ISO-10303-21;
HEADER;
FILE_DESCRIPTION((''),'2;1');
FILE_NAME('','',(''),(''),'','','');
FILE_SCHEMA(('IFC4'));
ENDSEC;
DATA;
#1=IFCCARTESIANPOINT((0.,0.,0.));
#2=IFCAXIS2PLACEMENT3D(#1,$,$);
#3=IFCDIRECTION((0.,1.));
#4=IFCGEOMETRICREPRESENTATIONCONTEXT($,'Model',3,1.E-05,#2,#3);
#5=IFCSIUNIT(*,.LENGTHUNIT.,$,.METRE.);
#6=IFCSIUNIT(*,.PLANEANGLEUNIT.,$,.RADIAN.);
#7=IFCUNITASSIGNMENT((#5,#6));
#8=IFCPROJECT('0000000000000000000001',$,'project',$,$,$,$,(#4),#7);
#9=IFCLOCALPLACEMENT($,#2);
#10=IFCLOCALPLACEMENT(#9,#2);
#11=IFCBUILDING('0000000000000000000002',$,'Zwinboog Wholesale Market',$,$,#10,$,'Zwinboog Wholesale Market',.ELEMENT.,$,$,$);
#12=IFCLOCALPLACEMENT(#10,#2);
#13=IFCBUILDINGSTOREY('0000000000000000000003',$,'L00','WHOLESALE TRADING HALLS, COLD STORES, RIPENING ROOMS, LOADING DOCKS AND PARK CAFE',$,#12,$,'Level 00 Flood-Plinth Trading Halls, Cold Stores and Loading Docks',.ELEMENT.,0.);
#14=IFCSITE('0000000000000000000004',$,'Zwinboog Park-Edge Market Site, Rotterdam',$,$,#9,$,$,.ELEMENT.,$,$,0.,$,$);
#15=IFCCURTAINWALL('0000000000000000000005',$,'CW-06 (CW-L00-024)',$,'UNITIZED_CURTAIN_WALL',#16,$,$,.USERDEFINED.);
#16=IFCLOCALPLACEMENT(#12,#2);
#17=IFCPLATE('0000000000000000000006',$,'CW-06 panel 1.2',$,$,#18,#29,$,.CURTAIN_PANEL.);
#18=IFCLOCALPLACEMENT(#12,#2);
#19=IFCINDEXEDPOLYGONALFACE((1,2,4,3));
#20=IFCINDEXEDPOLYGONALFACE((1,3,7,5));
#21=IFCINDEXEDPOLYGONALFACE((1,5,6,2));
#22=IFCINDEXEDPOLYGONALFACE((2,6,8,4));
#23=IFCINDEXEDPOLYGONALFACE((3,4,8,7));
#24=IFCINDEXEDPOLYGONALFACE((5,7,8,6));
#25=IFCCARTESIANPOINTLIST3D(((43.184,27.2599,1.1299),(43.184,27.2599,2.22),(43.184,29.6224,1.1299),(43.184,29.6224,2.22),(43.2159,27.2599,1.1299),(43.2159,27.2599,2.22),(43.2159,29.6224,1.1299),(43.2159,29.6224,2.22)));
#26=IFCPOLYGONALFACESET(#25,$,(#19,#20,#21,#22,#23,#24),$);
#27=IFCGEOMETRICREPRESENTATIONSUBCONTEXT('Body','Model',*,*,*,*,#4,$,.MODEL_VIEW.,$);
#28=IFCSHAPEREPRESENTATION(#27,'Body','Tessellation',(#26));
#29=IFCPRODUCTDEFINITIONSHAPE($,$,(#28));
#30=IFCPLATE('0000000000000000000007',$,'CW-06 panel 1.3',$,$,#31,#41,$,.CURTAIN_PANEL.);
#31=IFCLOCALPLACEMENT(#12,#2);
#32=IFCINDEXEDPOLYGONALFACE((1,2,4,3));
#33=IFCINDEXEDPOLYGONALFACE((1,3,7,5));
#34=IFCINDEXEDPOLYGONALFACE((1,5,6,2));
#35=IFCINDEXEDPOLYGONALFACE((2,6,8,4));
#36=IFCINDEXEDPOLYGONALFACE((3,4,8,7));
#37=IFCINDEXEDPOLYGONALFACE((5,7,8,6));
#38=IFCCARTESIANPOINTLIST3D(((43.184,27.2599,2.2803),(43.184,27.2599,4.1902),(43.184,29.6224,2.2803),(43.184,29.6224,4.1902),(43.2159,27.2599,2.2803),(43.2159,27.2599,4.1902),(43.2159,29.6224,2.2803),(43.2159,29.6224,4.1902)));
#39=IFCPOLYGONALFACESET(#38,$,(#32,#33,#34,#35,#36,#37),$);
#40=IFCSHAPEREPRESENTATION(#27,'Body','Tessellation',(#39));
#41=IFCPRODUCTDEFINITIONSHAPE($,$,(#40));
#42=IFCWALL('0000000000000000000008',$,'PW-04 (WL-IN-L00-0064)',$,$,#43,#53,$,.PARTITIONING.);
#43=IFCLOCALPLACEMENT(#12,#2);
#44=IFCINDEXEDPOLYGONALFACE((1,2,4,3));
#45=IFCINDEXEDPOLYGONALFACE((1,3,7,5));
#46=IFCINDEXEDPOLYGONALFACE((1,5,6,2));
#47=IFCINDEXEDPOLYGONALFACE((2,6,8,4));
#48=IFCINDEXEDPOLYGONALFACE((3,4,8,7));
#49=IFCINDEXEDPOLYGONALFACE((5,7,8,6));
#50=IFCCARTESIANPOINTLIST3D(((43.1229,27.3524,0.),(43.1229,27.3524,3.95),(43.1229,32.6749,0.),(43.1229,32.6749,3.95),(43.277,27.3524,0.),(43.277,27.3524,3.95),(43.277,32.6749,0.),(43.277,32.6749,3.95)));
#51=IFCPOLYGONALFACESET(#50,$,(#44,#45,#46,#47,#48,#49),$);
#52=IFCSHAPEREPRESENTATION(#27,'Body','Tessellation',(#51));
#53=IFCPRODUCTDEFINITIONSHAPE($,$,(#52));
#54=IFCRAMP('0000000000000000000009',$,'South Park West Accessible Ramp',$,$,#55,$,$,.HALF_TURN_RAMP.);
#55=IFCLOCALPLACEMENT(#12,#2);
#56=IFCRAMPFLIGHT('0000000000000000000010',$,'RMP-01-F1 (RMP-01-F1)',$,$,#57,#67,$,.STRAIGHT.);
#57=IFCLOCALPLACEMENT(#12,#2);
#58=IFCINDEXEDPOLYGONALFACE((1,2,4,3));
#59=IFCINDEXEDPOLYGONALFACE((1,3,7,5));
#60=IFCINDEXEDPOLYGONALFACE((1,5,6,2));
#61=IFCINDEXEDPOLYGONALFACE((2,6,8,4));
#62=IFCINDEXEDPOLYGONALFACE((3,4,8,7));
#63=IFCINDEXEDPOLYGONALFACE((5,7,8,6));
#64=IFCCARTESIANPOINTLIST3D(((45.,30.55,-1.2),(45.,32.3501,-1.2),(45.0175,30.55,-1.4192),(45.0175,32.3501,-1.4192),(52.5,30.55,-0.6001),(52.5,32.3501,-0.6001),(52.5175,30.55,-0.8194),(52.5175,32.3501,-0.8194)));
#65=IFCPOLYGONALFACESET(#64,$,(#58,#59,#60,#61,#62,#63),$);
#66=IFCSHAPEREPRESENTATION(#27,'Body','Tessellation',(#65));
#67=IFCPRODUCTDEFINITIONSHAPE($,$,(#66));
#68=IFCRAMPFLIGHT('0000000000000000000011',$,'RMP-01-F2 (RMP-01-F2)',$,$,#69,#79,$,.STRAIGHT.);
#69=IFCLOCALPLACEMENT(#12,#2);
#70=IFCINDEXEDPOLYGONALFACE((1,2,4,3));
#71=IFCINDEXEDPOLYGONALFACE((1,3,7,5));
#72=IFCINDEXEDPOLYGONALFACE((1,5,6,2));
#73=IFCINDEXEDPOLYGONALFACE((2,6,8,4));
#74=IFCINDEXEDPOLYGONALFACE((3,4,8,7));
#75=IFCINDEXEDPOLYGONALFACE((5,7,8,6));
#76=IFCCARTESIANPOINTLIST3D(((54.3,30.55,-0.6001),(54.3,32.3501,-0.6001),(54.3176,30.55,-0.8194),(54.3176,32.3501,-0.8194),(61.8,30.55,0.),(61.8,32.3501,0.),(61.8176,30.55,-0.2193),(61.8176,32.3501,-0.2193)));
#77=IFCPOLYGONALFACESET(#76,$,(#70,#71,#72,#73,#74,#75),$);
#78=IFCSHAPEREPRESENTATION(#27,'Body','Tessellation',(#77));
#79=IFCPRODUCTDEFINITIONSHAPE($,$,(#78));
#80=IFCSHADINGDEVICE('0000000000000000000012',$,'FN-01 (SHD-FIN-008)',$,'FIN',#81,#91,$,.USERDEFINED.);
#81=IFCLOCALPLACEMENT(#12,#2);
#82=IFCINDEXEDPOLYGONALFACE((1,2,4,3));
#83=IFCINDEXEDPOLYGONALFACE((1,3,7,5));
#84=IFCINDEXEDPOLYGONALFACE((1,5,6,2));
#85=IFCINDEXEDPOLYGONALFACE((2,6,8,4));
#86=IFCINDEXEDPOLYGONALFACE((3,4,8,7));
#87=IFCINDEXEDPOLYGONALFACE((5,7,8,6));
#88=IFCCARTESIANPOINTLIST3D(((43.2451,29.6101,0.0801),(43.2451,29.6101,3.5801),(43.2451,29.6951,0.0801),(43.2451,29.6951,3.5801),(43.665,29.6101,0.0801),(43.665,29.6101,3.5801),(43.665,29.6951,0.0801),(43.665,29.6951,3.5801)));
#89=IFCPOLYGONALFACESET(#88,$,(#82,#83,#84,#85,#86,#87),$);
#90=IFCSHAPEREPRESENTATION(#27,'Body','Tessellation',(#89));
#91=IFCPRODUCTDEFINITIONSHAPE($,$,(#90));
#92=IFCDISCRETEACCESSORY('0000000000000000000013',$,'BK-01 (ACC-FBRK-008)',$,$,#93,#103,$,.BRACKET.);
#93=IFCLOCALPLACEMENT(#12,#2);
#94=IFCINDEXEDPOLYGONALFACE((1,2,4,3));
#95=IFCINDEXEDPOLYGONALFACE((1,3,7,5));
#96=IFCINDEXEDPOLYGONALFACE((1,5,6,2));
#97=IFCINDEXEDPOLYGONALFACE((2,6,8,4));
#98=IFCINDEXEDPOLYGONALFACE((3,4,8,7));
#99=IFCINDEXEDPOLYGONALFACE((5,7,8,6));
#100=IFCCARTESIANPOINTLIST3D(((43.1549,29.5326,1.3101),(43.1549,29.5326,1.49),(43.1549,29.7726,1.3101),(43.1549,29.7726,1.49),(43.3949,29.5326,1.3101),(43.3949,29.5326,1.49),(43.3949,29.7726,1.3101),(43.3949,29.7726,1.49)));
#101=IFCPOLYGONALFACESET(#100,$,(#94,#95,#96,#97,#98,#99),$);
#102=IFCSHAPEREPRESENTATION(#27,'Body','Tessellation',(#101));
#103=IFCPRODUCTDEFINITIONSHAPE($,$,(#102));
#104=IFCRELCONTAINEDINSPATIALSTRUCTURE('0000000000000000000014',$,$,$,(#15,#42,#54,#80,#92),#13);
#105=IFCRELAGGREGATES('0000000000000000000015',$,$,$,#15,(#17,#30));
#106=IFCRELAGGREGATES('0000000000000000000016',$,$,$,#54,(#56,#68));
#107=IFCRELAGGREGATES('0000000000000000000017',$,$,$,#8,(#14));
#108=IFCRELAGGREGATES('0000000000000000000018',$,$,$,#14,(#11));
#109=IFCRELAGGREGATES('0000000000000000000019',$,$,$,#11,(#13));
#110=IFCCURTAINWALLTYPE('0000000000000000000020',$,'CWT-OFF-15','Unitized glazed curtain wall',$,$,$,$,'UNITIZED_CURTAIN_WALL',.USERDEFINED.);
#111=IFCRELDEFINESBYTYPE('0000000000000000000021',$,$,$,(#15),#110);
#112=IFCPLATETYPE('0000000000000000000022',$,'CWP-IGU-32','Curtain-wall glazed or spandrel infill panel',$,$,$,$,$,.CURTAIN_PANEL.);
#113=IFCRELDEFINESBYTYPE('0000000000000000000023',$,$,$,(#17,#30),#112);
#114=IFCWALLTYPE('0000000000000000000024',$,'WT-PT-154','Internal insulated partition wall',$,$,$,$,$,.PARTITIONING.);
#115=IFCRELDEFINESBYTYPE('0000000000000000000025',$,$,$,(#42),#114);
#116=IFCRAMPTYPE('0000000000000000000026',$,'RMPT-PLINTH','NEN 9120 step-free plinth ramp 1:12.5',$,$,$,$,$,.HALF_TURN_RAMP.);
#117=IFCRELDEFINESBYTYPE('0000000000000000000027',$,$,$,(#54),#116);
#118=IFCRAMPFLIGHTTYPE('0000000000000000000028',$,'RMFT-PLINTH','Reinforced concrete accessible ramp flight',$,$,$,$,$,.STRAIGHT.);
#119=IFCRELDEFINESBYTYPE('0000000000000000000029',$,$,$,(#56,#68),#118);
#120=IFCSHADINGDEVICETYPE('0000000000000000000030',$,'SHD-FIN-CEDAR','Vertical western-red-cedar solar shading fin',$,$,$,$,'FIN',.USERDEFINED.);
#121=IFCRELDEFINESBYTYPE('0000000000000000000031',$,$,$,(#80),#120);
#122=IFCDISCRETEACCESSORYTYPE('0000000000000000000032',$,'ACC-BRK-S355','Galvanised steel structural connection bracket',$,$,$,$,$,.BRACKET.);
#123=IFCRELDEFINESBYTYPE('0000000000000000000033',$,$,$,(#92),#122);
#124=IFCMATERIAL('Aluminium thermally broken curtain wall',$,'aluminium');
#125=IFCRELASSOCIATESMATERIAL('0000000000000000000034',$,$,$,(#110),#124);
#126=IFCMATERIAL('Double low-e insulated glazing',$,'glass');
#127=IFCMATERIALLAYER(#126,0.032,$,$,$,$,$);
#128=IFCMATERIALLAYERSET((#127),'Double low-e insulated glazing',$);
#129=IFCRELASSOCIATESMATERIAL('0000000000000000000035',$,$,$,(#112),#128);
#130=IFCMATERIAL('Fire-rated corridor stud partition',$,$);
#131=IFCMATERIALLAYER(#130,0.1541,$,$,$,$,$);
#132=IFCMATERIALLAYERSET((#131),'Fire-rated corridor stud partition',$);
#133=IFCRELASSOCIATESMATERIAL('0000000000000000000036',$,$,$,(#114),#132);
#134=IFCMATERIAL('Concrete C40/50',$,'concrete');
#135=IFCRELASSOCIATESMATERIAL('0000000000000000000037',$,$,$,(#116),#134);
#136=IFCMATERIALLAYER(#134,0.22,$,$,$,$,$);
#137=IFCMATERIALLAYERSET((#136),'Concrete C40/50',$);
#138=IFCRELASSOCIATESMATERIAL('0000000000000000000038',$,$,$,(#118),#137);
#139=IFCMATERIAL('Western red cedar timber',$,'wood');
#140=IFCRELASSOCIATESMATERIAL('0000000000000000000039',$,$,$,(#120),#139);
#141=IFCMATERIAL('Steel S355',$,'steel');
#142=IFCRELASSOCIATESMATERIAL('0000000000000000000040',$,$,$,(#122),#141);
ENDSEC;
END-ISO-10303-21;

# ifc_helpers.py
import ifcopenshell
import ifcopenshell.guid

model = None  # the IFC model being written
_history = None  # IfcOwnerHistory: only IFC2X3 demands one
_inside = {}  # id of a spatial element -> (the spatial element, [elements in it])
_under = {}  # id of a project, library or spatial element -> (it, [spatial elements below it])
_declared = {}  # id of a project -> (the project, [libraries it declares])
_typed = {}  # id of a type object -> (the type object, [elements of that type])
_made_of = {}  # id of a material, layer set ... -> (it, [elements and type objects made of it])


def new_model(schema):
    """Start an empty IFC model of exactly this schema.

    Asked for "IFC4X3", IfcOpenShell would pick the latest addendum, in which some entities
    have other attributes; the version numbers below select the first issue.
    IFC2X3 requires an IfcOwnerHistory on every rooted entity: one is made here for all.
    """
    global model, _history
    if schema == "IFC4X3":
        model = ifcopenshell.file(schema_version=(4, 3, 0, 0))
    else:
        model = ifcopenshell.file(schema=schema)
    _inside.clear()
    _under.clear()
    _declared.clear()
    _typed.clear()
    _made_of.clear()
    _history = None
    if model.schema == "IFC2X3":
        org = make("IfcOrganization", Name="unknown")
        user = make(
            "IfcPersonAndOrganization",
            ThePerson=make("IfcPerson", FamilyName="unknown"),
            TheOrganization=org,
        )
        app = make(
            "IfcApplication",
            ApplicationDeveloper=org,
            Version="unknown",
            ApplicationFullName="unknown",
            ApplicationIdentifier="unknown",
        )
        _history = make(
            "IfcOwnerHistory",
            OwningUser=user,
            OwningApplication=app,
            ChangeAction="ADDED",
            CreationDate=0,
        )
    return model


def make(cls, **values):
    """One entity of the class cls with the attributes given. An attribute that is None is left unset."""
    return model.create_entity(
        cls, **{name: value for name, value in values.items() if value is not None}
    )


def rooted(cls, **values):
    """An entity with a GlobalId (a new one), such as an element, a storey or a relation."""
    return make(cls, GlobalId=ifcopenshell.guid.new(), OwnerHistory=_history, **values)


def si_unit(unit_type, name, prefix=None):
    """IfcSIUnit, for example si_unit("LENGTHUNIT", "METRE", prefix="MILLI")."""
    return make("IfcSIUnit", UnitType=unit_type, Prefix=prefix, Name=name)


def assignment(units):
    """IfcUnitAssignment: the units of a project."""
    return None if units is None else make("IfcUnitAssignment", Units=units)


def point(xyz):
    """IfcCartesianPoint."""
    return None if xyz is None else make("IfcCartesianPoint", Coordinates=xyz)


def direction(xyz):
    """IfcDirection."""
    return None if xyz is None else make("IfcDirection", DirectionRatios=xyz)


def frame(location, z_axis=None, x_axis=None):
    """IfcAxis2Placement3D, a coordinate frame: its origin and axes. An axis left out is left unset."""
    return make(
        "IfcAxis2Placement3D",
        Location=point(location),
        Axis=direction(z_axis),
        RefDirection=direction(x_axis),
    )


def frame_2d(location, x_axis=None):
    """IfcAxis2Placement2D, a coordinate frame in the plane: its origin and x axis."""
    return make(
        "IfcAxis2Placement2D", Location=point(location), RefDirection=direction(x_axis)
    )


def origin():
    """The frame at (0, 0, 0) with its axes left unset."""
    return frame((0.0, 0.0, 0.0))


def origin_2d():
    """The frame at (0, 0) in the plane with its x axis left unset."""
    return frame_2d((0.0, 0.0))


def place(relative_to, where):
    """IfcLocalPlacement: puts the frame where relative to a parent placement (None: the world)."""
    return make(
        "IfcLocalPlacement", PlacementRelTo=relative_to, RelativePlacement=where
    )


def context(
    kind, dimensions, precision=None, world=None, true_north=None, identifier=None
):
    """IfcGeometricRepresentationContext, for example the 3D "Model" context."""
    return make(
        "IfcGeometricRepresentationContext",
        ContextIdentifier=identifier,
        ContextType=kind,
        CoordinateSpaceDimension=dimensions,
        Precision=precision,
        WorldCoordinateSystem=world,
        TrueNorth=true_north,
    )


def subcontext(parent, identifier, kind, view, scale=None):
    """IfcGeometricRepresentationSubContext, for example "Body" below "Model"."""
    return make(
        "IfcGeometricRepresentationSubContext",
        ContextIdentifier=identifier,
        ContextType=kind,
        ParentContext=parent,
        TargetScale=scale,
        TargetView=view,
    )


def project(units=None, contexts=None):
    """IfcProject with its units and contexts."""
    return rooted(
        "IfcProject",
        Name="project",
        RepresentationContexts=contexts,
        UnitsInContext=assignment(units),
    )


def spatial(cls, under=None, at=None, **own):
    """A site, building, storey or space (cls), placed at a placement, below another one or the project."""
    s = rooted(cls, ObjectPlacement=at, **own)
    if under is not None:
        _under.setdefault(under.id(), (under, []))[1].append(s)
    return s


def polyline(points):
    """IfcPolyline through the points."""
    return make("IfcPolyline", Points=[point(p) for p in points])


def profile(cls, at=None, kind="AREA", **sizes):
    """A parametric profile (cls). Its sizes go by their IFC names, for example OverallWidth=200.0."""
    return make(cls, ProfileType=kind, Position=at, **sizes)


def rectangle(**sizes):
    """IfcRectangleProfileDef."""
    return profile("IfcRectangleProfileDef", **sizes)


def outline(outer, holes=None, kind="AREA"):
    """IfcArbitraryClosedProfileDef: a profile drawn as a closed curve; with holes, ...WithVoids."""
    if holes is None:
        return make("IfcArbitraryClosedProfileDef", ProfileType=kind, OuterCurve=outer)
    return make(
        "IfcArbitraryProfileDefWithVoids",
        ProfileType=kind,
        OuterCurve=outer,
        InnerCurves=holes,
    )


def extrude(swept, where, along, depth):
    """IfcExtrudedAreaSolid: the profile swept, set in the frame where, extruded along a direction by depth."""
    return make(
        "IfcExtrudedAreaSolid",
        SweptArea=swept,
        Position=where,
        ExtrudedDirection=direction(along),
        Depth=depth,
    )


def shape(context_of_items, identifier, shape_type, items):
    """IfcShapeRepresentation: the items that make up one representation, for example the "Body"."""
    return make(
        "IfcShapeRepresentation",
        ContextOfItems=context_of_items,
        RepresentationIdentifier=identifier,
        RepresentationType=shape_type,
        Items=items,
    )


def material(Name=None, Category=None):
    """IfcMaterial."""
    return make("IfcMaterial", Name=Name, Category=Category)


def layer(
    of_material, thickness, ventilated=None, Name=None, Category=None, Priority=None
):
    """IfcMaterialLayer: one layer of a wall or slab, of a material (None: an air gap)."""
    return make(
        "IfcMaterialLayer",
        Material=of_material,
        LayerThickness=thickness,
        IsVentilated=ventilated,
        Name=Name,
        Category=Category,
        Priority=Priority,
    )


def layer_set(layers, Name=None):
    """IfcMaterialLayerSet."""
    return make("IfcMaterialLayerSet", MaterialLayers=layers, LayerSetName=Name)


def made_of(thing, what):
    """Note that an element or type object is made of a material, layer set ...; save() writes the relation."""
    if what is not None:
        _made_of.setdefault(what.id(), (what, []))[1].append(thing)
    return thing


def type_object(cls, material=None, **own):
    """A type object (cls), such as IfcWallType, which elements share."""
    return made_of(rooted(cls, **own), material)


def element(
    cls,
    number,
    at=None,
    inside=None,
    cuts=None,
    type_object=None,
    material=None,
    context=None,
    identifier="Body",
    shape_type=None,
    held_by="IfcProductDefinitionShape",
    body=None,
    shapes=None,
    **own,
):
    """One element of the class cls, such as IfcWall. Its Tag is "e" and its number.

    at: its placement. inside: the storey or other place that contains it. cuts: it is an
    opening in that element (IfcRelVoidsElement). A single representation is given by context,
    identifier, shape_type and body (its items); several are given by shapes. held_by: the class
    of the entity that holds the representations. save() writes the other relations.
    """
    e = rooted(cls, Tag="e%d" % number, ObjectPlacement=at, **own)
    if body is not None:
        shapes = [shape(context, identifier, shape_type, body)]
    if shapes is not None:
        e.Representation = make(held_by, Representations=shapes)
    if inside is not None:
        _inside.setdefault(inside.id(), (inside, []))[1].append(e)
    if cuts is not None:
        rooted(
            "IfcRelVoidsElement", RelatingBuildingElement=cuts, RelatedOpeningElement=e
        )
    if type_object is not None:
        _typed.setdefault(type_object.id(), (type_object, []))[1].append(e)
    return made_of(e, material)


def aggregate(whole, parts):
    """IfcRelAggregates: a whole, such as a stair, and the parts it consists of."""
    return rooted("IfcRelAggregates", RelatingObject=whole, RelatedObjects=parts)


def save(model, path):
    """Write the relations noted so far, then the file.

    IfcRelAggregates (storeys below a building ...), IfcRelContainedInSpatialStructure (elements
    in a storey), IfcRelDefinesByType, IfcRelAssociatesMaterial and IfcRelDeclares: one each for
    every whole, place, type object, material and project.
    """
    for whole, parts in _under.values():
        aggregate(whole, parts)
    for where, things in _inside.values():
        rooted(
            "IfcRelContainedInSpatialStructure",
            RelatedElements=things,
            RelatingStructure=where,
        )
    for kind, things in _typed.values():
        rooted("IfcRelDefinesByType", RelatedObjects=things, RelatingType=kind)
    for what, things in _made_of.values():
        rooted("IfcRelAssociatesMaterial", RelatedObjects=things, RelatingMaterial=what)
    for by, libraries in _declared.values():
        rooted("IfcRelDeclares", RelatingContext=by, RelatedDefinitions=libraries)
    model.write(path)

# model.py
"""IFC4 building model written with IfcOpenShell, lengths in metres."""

from ifc_helpers import new_model, si_unit, direction, frame, frame_2d, origin, origin_2d, place, context, subcontext, project, spatial, polyline, rectangle, outline, extrude, material, layer, layer_set, type_object, element, aggregate, save


model = new_model("IFC4")

# Units and contexts
model_context = context("Model", 3, precision=1e-05, world=origin(), true_north=direction((0.0, 1.0)))
body_context = subcontext(model_context, "Body", "Model", "MODEL_VIEW")
ifc_project = project(units=[si_unit("LENGTHUNIT", "METRE"), si_unit("PLANEANGLEUNIT", "RADIAN")], contexts=[model_context])

# Site, building, storey
site_placement = place(None, origin())
site = spatial("IfcSite", under=ifc_project, at=site_placement, Name="Zwinboog Park-Edge Market Site, Rotterdam", CompositionType="ELEMENT", RefElevation=0.0)
building_placement = place(site_placement, origin())
building = spatial("IfcBuilding", under=site, at=building_placement, Name="Zwinboog Wholesale Market", LongName="Zwinboog Wholesale Market", CompositionType="ELEMENT")
storey_placement = place(building_placement, origin())
storey = spatial("IfcBuildingStorey", under=building, at=storey_placement, Name="L00", Description="WHOLESALE TRADING HALLS, COLD STORES, RIPENING ROOMS, LOADING DOCKS AND PARK CAFE", LongName="Level 00 Flood-Plinth Trading Halls, Cold Stores and Loading Docks", CompositionType="ELEMENT", Elevation=0.0)

# Curtain wall, plates
ifc_material_1 = material(Name="Aluminium thermally broken curtain wall", Category="aluminium")
curtain_wall_type = type_object("IfcCurtainWallType", Name="CWT-OFF-15", Description="Unitized glazed curtain wall", ElementType="UNITIZED_CURTAIN_WALL", PredefinedType="USERDEFINED", material=ifc_material_1)
curtain_wall_placement = place(storey_placement, origin())
curtain_wall = element("IfcCurtainWall", 1, at=curtain_wall_placement, inside=storey, type_object=curtain_wall_type, Name="CW-06 (CW-L00-024)", ObjectType="UNITIZED_CURTAIN_WALL", PredefinedType="USERDEFINED")
ifc_material_2 = material(Name="Double low-e insulated glazing", Category="glass")
ifc_layer_1 = layer(ifc_material_2, 0.032)
ifc_layer_set_1 = layer_set([ifc_layer_1], Name="Double low-e insulated glazing")
plate_type = type_object("IfcPlateType", Name="CWP-IGU-32", Description="Curtain-wall glazed or spandrel infill panel", PredefinedType="CURTAIN_PANEL", material=ifc_layer_set_1)
plate_1_placement = place(storey_placement, frame((43.2, 28.4412, 1.1299), z_axis=(0.0, 0.0, 1.0), x_axis=(0.0, 1.0, 0.0)))
plate_1 = element("IfcPlate", 2, at=plate_1_placement, type_object=plate_type, Name="CW-06 panel 1.2", PredefinedType="CURTAIN_PANEL", context=body_context, shape_type="SweptSolid", body=[
    extrude(rectangle(XDim=2.3625, YDim=0.032, at=origin_2d()), origin(), (0.0, 0.0, 1.0), 1.0901),
])
plate_2_placement = place(storey_placement, frame((43.2, 28.4412, 2.2803), z_axis=(0.0, 0.0, 1.0), x_axis=(0.0, 1.0, 0.0)))
plate_2 = element("IfcPlate", 3, at=plate_2_placement, type_object=plate_type, Name="CW-06 panel 1.3", PredefinedType="CURTAIN_PANEL", context=body_context, shape_type="SweptSolid", body=[
    extrude(rectangle(XDim=2.3625, YDim=0.032, at=origin_2d()), origin(), (0.0, 0.0, 1.0), 1.9099),
])
aggregate(curtain_wall, [plate_1, plate_2])

# Wall
ifc_material_3 = material(Name="Fire-rated corridor stud partition")
ifc_layer_2 = layer(ifc_material_3, 0.1541)
ifc_layer_set_2 = layer_set([ifc_layer_2], Name="Fire-rated corridor stud partition")
wall_type = type_object("IfcWallType", Name="WT-PT-154", Description="Internal insulated partition wall", PredefinedType="PARTITIONING", material=ifc_layer_set_2)
wall_placement = place(storey_placement, frame((43.2, 27.3525, 0.0), z_axis=(0.0, 0.0, 1.0), x_axis=(0.0, 1.0, 0.0)))
element("IfcWall", 4, at=wall_placement, inside=storey, type_object=wall_type, Name="PW-04 (WL-IN-L00-0064)", PredefinedType="PARTITIONING", context=body_context, shape_type="SweptSolid", body=[
    extrude(rectangle(XDim=5.3225, YDim=0.1541, at=frame_2d((2.6611, 0.0))), origin(), (0.0, 0.0, 1.0), 3.95),
])

# Ramp, ramp flights
ifc_material_4 = material(Name="Concrete C40/50", Category="concrete")
ramp_type = type_object("IfcRampType", Name="RMPT-PLINTH", Description="NEN 9120 step-free plinth ramp 1:12.5", PredefinedType="HALF_TURN_RAMP", material=ifc_material_4)
ramp_placement = place(storey_placement, origin())
ramp = element("IfcRamp", 5, at=ramp_placement, inside=storey, type_object=ramp_type, Name="South Park West Accessible Ramp", PredefinedType="HALF_TURN_RAMP")
ifc_layer_3 = layer(ifc_material_4, 0.22)
ifc_layer_set_3 = layer_set([ifc_layer_3], Name="Concrete C40/50")
ramp_flight_type = type_object("IfcRampFlightType", Name="RMFT-PLINTH", Description="Reinforced concrete accessible ramp flight", PredefinedType="STRAIGHT", material=ifc_layer_set_3)
ramp_flight_1_placement = place(storey_placement, frame((45.0, 30.55, -1.2), z_axis=(-0.079726, 0.0, 0.996817), x_axis=(0.996817, 0.0, 0.079726)))
ramp_flight_1 = element("IfcRampFlight", 6, at=ramp_flight_1_placement, type_object=ramp_flight_type, Name="RMP-01-F1 (RMP-01-F1)", PredefinedType="STRAIGHT", context=body_context, shape_type="SweptSolid", body=[
    extrude(outline(polyline([(0.0, 0.0), (7.524, 0.0), (7.524, 1.8), (0.0, 1.8), (0.0, 0.0)])), origin(), (0.0, 0.0, -1.0), 0.22),
])
ramp_flight_2_placement = place(storey_placement, frame((54.3, 30.55, -0.6001), z_axis=(-0.079758, 0.0, 0.996814), x_axis=(0.996814, 0.0, 0.079758)))
ramp_flight_2 = element("IfcRampFlight", 7, at=ramp_flight_2_placement, type_object=ramp_flight_type, Name="RMP-01-F2 (RMP-01-F2)", PredefinedType="STRAIGHT", context=body_context, shape_type="SweptSolid", body=[
    extrude(outline(polyline([(0.0, 0.0), (7.524, 0.0), (7.524, 1.8), (0.0, 1.8), (0.0, 0.0)])), origin(), (0.0, 0.0, -1.0), 0.22),
])
aggregate(ramp, [ramp_flight_1, ramp_flight_2])

# Shading device
ifc_material_5 = material(Name="Western red cedar timber", Category="wood")
shading_device_type = type_object("IfcShadingDeviceType", Name="SHD-FIN-CEDAR", Description="Vertical western-red-cedar solar shading fin", ElementType="FIN", PredefinedType="USERDEFINED", material=ifc_material_5)
shading_device_placement = place(storey_placement, frame((43.4551, 29.6526, 0.0801), z_axis=(0.0, 0.0, 1.0), x_axis=(1.0, 0.0, 0.0)))
element("IfcShadingDevice", 8, at=shading_device_placement, inside=storey, type_object=shading_device_type, Name="FN-01 (SHD-FIN-008)", ObjectType="FIN", PredefinedType="USERDEFINED", context=body_context, shape_type="SweptSolid", body=[
    extrude(rectangle(XDim=0.4199, YDim=0.085, at=origin_2d()), origin(), (0.0, 0.0, 1.0), 3.5),
])

# Discrete accessory
ifc_material_6 = material(Name="Steel S355", Category="steel")
discrete_accessory_type = type_object("IfcDiscreteAccessoryType", Name="ACC-BRK-S355", Description="Galvanised steel structural connection bracket", PredefinedType="BRACKET", material=ifc_material_6)
discrete_accessory_placement = place(storey_placement, frame((43.2749, 29.6526, 1.3101), z_axis=(0.0, 0.0, 1.0), x_axis=(1.0, 0.0, 0.0)))
element("IfcDiscreteAccessory", 9, at=discrete_accessory_placement, inside=storey, type_object=discrete_accessory_type, Name="BK-01 (ACC-FBRK-008)", PredefinedType="BRACKET", context=body_context, shape_type="SweptSolid", body=[
    extrude(rectangle(XDim=0.24, YDim=0.24, at=origin_2d()), origin(), (0.0, 0.0, 1.0), 0.1799),
])

save(model, "model.ifc")
